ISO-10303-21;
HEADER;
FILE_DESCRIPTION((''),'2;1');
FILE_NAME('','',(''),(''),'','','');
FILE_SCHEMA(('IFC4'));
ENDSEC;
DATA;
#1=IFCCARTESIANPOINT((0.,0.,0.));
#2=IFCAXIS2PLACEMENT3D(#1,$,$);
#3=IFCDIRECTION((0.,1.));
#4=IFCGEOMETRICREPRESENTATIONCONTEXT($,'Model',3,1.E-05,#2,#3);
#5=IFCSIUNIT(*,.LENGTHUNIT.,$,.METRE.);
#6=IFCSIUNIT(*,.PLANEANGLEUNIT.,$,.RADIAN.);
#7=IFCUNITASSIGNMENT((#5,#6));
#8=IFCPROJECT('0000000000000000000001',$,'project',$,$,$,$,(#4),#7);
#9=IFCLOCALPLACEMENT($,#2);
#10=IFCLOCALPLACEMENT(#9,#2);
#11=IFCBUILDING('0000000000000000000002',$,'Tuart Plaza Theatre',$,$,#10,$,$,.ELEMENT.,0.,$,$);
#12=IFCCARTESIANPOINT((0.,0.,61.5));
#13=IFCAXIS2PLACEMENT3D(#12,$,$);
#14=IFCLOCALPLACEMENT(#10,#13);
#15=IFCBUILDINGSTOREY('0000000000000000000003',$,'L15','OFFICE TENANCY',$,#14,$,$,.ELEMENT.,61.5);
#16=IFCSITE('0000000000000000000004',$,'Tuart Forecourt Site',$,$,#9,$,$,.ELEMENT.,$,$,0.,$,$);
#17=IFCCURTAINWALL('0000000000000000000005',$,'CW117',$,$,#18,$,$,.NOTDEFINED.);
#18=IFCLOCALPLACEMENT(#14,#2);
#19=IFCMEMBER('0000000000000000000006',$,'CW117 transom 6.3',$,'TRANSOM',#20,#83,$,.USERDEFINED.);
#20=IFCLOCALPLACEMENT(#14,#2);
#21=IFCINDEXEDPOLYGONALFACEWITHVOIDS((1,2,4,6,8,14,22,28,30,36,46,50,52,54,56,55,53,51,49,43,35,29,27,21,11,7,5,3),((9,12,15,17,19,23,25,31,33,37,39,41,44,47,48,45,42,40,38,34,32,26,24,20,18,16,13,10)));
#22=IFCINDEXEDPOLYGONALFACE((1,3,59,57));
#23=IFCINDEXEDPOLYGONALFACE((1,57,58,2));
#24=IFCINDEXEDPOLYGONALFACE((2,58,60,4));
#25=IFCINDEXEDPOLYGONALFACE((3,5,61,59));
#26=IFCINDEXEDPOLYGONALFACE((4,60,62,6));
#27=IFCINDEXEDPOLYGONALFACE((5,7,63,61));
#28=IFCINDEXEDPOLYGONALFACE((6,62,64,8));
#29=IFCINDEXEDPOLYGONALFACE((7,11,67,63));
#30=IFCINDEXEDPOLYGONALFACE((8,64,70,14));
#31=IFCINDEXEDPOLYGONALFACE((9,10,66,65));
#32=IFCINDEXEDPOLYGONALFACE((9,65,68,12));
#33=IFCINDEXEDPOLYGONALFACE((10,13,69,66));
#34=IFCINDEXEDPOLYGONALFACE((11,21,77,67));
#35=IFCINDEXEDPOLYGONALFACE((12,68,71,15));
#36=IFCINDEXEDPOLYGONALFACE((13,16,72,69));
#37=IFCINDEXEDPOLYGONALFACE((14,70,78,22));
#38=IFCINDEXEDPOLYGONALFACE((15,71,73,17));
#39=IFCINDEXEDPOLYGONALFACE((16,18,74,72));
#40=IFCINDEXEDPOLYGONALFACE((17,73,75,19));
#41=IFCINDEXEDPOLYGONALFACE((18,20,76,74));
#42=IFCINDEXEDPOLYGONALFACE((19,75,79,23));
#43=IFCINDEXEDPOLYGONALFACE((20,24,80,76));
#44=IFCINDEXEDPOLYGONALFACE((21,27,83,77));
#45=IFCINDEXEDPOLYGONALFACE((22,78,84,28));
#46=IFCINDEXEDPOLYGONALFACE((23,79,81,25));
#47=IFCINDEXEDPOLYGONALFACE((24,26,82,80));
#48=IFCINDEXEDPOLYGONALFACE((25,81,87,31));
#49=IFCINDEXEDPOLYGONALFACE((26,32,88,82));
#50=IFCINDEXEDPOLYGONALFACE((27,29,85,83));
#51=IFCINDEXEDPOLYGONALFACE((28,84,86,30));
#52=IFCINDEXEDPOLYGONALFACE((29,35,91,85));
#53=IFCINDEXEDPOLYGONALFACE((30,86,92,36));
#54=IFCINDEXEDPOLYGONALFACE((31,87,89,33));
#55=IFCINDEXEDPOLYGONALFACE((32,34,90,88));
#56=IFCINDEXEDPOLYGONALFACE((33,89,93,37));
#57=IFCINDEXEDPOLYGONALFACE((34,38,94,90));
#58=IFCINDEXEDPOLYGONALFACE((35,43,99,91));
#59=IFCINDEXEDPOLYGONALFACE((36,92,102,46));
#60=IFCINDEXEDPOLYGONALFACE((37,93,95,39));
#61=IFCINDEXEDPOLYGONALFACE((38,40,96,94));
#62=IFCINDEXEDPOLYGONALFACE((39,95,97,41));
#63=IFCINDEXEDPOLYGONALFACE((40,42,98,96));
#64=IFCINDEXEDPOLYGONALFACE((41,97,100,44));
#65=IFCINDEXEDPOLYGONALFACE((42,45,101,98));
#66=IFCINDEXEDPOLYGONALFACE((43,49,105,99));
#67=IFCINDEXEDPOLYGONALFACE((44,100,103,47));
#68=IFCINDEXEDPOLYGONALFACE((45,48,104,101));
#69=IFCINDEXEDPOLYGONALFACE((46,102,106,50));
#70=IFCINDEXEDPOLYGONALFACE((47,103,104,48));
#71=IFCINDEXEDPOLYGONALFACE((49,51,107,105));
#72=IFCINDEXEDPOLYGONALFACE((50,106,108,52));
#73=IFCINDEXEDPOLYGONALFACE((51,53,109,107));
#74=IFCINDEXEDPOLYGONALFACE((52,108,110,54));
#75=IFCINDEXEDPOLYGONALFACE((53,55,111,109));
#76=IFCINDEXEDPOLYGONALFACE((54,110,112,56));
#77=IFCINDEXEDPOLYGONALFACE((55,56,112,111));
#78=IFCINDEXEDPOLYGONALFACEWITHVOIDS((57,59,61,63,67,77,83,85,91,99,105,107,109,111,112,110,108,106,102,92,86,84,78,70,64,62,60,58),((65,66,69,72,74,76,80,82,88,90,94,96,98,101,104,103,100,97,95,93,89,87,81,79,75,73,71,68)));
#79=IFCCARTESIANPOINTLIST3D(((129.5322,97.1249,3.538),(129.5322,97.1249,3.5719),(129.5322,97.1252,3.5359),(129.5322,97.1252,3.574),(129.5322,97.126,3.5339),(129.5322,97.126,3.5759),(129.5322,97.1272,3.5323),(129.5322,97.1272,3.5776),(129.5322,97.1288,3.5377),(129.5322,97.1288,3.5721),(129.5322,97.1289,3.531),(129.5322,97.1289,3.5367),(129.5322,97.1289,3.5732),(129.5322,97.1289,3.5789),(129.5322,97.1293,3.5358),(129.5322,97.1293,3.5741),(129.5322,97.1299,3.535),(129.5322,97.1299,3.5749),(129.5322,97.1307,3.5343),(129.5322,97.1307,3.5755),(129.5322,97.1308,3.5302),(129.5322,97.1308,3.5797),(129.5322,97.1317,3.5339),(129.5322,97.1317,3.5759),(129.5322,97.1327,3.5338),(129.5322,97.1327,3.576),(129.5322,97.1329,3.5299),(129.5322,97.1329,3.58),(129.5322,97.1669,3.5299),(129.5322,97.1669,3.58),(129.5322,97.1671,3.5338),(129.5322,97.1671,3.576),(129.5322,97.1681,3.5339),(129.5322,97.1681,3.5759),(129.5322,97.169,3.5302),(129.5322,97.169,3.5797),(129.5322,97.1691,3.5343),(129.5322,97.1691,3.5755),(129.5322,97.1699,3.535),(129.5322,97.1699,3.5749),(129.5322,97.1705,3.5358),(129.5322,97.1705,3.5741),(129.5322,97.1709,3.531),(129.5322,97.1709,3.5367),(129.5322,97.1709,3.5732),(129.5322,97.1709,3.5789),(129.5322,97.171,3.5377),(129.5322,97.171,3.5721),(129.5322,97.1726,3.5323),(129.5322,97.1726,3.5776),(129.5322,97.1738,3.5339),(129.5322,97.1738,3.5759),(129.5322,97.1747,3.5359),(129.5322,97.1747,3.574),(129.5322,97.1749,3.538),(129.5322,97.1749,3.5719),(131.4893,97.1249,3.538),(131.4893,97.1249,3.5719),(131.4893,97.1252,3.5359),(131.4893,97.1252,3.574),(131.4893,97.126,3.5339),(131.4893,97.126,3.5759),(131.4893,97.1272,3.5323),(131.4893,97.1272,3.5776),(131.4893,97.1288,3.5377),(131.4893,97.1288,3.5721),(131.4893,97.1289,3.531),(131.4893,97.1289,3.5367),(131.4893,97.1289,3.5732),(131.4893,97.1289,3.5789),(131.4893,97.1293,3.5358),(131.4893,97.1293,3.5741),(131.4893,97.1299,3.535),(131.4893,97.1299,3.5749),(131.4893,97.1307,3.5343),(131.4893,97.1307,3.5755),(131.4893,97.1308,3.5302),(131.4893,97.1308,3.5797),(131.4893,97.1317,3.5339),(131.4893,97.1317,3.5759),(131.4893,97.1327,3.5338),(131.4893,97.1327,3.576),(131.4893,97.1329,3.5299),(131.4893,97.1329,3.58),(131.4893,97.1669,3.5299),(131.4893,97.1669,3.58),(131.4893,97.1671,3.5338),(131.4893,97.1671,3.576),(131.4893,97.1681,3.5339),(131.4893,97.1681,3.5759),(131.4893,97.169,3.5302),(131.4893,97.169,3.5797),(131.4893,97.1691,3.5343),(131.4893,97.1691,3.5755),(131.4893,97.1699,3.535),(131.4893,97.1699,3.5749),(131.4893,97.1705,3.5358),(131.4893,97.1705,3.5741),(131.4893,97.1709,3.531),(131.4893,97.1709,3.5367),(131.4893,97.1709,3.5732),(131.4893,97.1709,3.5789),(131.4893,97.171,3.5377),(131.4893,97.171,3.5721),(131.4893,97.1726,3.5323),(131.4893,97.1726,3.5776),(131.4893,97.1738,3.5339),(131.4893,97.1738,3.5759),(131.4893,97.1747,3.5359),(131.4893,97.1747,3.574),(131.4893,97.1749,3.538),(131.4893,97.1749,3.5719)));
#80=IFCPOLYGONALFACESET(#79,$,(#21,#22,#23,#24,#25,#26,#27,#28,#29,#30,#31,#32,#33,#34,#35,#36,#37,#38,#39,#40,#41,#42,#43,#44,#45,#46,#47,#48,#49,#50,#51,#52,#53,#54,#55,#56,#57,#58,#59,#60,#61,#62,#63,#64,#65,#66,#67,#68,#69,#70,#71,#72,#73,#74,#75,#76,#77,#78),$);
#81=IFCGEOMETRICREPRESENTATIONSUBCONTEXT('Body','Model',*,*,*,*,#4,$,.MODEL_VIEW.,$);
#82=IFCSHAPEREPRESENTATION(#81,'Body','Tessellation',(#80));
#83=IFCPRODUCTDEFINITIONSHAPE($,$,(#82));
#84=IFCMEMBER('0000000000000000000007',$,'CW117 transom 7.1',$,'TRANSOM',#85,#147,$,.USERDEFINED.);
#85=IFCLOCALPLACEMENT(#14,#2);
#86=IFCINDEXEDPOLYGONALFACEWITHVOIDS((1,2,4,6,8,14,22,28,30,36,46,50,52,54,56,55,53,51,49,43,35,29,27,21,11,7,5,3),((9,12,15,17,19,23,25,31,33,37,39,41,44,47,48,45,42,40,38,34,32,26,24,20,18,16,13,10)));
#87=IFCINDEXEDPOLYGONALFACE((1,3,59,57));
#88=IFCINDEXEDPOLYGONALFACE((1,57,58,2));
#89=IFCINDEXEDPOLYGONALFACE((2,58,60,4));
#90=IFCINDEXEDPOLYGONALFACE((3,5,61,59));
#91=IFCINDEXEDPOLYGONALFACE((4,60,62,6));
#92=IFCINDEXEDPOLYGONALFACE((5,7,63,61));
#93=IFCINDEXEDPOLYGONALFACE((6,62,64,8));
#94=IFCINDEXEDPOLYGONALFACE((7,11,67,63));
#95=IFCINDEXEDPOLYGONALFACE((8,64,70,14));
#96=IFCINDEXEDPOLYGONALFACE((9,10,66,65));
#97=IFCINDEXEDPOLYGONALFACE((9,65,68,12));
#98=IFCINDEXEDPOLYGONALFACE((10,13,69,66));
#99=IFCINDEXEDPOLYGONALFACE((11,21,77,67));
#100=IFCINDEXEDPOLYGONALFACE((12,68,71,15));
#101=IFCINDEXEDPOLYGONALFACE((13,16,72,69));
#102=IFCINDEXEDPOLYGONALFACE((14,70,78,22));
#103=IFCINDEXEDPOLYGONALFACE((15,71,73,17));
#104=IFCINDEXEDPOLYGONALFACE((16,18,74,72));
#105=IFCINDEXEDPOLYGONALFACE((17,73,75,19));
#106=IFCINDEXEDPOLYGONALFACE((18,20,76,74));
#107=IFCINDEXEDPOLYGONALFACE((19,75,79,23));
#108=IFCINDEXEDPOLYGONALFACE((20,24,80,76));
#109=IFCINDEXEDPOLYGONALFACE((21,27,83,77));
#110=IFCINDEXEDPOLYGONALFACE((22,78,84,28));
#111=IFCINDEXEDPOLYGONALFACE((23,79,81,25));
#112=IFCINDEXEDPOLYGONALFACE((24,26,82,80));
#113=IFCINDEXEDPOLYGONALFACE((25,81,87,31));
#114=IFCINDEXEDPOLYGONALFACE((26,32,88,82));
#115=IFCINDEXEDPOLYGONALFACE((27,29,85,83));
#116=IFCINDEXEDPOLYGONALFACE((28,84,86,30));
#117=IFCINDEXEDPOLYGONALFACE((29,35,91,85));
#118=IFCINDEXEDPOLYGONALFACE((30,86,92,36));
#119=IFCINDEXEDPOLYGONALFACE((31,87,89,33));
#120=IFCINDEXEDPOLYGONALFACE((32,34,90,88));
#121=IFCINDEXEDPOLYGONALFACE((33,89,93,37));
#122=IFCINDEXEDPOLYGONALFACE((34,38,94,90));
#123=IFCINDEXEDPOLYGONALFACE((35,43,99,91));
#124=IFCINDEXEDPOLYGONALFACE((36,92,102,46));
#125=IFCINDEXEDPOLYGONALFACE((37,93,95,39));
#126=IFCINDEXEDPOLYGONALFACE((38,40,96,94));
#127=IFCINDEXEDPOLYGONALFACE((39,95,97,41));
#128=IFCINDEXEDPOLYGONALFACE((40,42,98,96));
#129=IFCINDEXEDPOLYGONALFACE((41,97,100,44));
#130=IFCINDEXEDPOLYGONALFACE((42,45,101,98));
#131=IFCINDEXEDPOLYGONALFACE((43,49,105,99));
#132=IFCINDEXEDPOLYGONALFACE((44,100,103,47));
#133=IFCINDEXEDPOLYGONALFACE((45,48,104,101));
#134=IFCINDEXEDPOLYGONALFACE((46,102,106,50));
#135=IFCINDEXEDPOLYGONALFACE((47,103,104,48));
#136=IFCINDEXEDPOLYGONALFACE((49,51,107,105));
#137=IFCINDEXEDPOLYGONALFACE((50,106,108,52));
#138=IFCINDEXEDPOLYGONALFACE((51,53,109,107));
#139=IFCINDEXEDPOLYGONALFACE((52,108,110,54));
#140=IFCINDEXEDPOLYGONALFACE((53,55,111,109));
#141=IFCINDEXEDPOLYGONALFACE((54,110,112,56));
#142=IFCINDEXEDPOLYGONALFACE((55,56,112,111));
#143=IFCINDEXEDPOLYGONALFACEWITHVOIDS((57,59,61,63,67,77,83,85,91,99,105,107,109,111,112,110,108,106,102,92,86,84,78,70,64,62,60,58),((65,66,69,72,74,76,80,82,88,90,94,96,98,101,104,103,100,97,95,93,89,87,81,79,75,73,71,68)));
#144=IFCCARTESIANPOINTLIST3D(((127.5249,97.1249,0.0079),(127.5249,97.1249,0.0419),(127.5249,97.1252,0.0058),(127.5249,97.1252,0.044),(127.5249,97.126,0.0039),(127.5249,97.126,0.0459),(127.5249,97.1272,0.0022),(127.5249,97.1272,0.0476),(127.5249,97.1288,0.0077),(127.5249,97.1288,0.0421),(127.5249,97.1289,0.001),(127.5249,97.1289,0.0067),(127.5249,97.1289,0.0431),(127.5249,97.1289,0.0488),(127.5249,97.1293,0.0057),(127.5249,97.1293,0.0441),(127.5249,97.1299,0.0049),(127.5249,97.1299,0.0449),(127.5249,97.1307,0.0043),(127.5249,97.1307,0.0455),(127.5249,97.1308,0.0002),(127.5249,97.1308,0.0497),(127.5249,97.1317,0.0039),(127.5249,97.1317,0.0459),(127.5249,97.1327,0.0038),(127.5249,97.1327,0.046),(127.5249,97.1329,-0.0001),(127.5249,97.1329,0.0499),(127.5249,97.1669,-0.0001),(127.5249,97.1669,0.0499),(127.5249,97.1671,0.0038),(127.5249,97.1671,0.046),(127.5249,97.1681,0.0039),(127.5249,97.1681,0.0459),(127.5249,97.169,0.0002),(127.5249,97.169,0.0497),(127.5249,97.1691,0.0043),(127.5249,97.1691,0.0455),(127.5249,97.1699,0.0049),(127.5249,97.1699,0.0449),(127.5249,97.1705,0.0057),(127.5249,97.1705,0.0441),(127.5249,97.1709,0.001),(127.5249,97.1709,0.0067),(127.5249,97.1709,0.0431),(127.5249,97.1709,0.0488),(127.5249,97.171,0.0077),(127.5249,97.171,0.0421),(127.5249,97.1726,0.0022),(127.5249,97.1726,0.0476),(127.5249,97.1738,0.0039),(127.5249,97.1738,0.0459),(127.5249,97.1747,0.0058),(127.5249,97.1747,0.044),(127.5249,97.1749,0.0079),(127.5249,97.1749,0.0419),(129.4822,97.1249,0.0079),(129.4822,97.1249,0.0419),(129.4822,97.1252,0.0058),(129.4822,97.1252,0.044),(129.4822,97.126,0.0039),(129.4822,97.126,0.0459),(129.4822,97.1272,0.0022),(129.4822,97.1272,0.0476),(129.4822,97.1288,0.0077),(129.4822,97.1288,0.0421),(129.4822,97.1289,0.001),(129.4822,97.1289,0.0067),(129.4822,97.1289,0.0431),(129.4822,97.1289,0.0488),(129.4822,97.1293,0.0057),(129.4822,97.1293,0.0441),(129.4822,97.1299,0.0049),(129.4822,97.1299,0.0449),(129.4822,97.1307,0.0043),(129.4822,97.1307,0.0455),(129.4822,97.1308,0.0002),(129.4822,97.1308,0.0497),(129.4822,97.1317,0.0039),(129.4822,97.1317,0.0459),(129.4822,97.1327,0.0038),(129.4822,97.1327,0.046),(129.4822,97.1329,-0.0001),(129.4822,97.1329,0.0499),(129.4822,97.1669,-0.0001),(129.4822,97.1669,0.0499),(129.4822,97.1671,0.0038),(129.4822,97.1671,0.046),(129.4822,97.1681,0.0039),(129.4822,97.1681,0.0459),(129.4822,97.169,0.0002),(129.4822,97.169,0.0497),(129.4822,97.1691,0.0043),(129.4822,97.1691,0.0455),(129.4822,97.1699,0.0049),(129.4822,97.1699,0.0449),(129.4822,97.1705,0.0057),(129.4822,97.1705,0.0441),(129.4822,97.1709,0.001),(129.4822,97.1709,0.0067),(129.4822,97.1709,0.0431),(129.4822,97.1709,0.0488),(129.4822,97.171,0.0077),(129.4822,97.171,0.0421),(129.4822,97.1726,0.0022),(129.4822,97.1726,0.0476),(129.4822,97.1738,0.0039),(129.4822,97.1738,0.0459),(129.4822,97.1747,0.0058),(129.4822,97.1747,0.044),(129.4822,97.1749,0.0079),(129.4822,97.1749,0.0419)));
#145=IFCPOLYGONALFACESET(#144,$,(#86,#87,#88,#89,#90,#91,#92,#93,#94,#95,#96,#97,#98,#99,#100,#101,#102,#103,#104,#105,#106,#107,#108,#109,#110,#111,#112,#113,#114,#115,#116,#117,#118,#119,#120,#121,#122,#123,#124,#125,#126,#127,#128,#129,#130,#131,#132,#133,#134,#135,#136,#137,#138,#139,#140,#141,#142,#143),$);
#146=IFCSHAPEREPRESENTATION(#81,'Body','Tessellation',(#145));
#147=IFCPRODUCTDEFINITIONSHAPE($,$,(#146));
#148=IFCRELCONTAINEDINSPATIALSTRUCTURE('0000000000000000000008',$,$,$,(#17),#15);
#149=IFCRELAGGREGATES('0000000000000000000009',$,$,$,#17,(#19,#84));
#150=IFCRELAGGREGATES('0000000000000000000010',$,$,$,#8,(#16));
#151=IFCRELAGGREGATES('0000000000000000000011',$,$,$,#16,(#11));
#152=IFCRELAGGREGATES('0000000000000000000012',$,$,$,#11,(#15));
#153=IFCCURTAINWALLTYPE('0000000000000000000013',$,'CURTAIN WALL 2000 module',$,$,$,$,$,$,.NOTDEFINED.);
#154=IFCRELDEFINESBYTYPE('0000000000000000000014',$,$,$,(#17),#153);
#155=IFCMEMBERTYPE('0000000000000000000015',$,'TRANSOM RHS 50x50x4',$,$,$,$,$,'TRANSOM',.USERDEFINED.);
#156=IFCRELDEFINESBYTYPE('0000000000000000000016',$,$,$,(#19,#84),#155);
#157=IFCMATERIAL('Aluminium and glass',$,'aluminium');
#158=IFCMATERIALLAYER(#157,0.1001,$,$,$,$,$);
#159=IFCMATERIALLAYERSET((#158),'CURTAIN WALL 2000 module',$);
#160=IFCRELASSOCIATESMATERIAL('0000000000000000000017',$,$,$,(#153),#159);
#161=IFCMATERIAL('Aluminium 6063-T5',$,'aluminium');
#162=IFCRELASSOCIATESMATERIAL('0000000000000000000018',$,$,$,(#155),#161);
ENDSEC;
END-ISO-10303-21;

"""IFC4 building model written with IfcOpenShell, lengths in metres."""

from ifc_helpers import new_model, si_unit, direction, frame, origin, origin_2d, place, context, subcontext, project, spatial, hollow_rectangle, extrude, material, layer, layer_set, material_profile, profile_set, type_object, element, aggregate, save


model = new_model("IFC4")

# Units and contexts
model_context = context("Model", 3, precision=1e-05, world=origin(), true_north=direction((0.0, 1.0)))
body_context = subcontext(model_context, "Body", "Model", "MODEL_VIEW")
ifc_project = project(units=[si_unit("LENGTHUNIT", "METRE"), si_unit("PLANEANGLEUNIT", "RADIAN")], contexts=[model_context])

# Site, building, storey
site_placement = place(None, origin())
site = spatial("IfcSite", under=ifc_project, at=site_placement, Name="Tuart Forecourt Site", CompositionType="ELEMENT", RefElevation=0.0)
building_placement = place(site_placement, origin())
building = spatial("IfcBuilding", under=site, at=building_placement, Name="Tuart Plaza Theatre", CompositionType="ELEMENT", ElevationOfRefHeight=0.0)
storey_placement = place(building_placement, frame((0.0, 0.0, 61.5)))
storey = spatial("IfcBuildingStorey", under=building, at=storey_placement, Name="L15", Description="OFFICE TENANCY", CompositionType="ELEMENT", Elevation=61.5)

# Curtain wall, members
ifc_material_1 = material(Name="Aluminium and glass", Category="aluminium")
ifc_layer_1 = layer(ifc_material_1, 0.1001)
ifc_layer_set_1 = layer_set([ifc_layer_1], Name="CURTAIN WALL 2000 module")
curtain_wall_type = type_object("IfcCurtainWallType", Name="CURTAIN WALL 2000 module", PredefinedType="NOTDEFINED", material=ifc_layer_set_1)
curtain_wall_placement = place(storey_placement, origin())
curtain_wall = element("IfcCurtainWall", 1, at=curtain_wall_placement, inside=storey, type_object=curtain_wall_type, Name="CW117", PredefinedType="NOTDEFINED")
ifc_material_2 = material(Name="Aluminium 6063-T5", Category="aluminium")
ifc_material_profile_1 = material_profile(ifc_material_2, hollow_rectangle(XDim=0.05, YDim=0.05, WallThickness=0.0039, InnerFilletRadius=0.0039, OuterFilletRadius=0.0081, at=origin_2d()), Name="RHS 50x50x4")
ifc_profile_set_1 = profile_set([ifc_material_profile_1], Name="Aluminium 6063-T5")
member_type_1 = type_object("IfcMemberType", Name="TRANSOM RHS 50x50x4", ElementType="TRANSOM", PredefinedType="USERDEFINED", material=ifc_profile_set_1)
member_1_placement = place(storey_placement, frame((131.4893, 97.1499, 3.5549), z_axis=(-1.0, 0.0, 0.0), x_axis=(0.0, -1.0, 0.0)))
member_1 = element("IfcMember", 2, at=member_1_placement, type_object=member_type_1, Name="CW117 transom 6.3", ObjectType="TRANSOM", PredefinedType="USERDEFINED", context=body_context, shape_type="SweptSolid", body=[
    extrude(hollow_rectangle(XDim=0.05, YDim=0.05, WallThickness=0.0039, InnerFilletRadius=0.0039, OuterFilletRadius=0.0081, at=origin_2d()), origin(), (0.0, 0.0, 1.0), 1.957),
])
member_2_placement = place(storey_placement, frame((129.4822, 97.1499, 0.0249), z_axis=(-1.0, 0.0, 0.0), x_axis=(0.0, -1.0, 0.0)))
member_2 = element("IfcMember", 3, at=member_2_placement, type_object=member_type_1, Name="CW117 transom 7.1", ObjectType="TRANSOM", PredefinedType="USERDEFINED", context=body_context, shape_type="SweptSolid", body=[
    extrude(hollow_rectangle(XDim=0.05, YDim=0.05, WallThickness=0.0039, InnerFilletRadius=0.0039, OuterFilletRadius=0.0081, at=origin_2d()), origin(), (0.0, 0.0, 1.0), 1.9573),
])
aggregate(curtain_wall, [member_1, member_2])

save(model, "model.ifc")
